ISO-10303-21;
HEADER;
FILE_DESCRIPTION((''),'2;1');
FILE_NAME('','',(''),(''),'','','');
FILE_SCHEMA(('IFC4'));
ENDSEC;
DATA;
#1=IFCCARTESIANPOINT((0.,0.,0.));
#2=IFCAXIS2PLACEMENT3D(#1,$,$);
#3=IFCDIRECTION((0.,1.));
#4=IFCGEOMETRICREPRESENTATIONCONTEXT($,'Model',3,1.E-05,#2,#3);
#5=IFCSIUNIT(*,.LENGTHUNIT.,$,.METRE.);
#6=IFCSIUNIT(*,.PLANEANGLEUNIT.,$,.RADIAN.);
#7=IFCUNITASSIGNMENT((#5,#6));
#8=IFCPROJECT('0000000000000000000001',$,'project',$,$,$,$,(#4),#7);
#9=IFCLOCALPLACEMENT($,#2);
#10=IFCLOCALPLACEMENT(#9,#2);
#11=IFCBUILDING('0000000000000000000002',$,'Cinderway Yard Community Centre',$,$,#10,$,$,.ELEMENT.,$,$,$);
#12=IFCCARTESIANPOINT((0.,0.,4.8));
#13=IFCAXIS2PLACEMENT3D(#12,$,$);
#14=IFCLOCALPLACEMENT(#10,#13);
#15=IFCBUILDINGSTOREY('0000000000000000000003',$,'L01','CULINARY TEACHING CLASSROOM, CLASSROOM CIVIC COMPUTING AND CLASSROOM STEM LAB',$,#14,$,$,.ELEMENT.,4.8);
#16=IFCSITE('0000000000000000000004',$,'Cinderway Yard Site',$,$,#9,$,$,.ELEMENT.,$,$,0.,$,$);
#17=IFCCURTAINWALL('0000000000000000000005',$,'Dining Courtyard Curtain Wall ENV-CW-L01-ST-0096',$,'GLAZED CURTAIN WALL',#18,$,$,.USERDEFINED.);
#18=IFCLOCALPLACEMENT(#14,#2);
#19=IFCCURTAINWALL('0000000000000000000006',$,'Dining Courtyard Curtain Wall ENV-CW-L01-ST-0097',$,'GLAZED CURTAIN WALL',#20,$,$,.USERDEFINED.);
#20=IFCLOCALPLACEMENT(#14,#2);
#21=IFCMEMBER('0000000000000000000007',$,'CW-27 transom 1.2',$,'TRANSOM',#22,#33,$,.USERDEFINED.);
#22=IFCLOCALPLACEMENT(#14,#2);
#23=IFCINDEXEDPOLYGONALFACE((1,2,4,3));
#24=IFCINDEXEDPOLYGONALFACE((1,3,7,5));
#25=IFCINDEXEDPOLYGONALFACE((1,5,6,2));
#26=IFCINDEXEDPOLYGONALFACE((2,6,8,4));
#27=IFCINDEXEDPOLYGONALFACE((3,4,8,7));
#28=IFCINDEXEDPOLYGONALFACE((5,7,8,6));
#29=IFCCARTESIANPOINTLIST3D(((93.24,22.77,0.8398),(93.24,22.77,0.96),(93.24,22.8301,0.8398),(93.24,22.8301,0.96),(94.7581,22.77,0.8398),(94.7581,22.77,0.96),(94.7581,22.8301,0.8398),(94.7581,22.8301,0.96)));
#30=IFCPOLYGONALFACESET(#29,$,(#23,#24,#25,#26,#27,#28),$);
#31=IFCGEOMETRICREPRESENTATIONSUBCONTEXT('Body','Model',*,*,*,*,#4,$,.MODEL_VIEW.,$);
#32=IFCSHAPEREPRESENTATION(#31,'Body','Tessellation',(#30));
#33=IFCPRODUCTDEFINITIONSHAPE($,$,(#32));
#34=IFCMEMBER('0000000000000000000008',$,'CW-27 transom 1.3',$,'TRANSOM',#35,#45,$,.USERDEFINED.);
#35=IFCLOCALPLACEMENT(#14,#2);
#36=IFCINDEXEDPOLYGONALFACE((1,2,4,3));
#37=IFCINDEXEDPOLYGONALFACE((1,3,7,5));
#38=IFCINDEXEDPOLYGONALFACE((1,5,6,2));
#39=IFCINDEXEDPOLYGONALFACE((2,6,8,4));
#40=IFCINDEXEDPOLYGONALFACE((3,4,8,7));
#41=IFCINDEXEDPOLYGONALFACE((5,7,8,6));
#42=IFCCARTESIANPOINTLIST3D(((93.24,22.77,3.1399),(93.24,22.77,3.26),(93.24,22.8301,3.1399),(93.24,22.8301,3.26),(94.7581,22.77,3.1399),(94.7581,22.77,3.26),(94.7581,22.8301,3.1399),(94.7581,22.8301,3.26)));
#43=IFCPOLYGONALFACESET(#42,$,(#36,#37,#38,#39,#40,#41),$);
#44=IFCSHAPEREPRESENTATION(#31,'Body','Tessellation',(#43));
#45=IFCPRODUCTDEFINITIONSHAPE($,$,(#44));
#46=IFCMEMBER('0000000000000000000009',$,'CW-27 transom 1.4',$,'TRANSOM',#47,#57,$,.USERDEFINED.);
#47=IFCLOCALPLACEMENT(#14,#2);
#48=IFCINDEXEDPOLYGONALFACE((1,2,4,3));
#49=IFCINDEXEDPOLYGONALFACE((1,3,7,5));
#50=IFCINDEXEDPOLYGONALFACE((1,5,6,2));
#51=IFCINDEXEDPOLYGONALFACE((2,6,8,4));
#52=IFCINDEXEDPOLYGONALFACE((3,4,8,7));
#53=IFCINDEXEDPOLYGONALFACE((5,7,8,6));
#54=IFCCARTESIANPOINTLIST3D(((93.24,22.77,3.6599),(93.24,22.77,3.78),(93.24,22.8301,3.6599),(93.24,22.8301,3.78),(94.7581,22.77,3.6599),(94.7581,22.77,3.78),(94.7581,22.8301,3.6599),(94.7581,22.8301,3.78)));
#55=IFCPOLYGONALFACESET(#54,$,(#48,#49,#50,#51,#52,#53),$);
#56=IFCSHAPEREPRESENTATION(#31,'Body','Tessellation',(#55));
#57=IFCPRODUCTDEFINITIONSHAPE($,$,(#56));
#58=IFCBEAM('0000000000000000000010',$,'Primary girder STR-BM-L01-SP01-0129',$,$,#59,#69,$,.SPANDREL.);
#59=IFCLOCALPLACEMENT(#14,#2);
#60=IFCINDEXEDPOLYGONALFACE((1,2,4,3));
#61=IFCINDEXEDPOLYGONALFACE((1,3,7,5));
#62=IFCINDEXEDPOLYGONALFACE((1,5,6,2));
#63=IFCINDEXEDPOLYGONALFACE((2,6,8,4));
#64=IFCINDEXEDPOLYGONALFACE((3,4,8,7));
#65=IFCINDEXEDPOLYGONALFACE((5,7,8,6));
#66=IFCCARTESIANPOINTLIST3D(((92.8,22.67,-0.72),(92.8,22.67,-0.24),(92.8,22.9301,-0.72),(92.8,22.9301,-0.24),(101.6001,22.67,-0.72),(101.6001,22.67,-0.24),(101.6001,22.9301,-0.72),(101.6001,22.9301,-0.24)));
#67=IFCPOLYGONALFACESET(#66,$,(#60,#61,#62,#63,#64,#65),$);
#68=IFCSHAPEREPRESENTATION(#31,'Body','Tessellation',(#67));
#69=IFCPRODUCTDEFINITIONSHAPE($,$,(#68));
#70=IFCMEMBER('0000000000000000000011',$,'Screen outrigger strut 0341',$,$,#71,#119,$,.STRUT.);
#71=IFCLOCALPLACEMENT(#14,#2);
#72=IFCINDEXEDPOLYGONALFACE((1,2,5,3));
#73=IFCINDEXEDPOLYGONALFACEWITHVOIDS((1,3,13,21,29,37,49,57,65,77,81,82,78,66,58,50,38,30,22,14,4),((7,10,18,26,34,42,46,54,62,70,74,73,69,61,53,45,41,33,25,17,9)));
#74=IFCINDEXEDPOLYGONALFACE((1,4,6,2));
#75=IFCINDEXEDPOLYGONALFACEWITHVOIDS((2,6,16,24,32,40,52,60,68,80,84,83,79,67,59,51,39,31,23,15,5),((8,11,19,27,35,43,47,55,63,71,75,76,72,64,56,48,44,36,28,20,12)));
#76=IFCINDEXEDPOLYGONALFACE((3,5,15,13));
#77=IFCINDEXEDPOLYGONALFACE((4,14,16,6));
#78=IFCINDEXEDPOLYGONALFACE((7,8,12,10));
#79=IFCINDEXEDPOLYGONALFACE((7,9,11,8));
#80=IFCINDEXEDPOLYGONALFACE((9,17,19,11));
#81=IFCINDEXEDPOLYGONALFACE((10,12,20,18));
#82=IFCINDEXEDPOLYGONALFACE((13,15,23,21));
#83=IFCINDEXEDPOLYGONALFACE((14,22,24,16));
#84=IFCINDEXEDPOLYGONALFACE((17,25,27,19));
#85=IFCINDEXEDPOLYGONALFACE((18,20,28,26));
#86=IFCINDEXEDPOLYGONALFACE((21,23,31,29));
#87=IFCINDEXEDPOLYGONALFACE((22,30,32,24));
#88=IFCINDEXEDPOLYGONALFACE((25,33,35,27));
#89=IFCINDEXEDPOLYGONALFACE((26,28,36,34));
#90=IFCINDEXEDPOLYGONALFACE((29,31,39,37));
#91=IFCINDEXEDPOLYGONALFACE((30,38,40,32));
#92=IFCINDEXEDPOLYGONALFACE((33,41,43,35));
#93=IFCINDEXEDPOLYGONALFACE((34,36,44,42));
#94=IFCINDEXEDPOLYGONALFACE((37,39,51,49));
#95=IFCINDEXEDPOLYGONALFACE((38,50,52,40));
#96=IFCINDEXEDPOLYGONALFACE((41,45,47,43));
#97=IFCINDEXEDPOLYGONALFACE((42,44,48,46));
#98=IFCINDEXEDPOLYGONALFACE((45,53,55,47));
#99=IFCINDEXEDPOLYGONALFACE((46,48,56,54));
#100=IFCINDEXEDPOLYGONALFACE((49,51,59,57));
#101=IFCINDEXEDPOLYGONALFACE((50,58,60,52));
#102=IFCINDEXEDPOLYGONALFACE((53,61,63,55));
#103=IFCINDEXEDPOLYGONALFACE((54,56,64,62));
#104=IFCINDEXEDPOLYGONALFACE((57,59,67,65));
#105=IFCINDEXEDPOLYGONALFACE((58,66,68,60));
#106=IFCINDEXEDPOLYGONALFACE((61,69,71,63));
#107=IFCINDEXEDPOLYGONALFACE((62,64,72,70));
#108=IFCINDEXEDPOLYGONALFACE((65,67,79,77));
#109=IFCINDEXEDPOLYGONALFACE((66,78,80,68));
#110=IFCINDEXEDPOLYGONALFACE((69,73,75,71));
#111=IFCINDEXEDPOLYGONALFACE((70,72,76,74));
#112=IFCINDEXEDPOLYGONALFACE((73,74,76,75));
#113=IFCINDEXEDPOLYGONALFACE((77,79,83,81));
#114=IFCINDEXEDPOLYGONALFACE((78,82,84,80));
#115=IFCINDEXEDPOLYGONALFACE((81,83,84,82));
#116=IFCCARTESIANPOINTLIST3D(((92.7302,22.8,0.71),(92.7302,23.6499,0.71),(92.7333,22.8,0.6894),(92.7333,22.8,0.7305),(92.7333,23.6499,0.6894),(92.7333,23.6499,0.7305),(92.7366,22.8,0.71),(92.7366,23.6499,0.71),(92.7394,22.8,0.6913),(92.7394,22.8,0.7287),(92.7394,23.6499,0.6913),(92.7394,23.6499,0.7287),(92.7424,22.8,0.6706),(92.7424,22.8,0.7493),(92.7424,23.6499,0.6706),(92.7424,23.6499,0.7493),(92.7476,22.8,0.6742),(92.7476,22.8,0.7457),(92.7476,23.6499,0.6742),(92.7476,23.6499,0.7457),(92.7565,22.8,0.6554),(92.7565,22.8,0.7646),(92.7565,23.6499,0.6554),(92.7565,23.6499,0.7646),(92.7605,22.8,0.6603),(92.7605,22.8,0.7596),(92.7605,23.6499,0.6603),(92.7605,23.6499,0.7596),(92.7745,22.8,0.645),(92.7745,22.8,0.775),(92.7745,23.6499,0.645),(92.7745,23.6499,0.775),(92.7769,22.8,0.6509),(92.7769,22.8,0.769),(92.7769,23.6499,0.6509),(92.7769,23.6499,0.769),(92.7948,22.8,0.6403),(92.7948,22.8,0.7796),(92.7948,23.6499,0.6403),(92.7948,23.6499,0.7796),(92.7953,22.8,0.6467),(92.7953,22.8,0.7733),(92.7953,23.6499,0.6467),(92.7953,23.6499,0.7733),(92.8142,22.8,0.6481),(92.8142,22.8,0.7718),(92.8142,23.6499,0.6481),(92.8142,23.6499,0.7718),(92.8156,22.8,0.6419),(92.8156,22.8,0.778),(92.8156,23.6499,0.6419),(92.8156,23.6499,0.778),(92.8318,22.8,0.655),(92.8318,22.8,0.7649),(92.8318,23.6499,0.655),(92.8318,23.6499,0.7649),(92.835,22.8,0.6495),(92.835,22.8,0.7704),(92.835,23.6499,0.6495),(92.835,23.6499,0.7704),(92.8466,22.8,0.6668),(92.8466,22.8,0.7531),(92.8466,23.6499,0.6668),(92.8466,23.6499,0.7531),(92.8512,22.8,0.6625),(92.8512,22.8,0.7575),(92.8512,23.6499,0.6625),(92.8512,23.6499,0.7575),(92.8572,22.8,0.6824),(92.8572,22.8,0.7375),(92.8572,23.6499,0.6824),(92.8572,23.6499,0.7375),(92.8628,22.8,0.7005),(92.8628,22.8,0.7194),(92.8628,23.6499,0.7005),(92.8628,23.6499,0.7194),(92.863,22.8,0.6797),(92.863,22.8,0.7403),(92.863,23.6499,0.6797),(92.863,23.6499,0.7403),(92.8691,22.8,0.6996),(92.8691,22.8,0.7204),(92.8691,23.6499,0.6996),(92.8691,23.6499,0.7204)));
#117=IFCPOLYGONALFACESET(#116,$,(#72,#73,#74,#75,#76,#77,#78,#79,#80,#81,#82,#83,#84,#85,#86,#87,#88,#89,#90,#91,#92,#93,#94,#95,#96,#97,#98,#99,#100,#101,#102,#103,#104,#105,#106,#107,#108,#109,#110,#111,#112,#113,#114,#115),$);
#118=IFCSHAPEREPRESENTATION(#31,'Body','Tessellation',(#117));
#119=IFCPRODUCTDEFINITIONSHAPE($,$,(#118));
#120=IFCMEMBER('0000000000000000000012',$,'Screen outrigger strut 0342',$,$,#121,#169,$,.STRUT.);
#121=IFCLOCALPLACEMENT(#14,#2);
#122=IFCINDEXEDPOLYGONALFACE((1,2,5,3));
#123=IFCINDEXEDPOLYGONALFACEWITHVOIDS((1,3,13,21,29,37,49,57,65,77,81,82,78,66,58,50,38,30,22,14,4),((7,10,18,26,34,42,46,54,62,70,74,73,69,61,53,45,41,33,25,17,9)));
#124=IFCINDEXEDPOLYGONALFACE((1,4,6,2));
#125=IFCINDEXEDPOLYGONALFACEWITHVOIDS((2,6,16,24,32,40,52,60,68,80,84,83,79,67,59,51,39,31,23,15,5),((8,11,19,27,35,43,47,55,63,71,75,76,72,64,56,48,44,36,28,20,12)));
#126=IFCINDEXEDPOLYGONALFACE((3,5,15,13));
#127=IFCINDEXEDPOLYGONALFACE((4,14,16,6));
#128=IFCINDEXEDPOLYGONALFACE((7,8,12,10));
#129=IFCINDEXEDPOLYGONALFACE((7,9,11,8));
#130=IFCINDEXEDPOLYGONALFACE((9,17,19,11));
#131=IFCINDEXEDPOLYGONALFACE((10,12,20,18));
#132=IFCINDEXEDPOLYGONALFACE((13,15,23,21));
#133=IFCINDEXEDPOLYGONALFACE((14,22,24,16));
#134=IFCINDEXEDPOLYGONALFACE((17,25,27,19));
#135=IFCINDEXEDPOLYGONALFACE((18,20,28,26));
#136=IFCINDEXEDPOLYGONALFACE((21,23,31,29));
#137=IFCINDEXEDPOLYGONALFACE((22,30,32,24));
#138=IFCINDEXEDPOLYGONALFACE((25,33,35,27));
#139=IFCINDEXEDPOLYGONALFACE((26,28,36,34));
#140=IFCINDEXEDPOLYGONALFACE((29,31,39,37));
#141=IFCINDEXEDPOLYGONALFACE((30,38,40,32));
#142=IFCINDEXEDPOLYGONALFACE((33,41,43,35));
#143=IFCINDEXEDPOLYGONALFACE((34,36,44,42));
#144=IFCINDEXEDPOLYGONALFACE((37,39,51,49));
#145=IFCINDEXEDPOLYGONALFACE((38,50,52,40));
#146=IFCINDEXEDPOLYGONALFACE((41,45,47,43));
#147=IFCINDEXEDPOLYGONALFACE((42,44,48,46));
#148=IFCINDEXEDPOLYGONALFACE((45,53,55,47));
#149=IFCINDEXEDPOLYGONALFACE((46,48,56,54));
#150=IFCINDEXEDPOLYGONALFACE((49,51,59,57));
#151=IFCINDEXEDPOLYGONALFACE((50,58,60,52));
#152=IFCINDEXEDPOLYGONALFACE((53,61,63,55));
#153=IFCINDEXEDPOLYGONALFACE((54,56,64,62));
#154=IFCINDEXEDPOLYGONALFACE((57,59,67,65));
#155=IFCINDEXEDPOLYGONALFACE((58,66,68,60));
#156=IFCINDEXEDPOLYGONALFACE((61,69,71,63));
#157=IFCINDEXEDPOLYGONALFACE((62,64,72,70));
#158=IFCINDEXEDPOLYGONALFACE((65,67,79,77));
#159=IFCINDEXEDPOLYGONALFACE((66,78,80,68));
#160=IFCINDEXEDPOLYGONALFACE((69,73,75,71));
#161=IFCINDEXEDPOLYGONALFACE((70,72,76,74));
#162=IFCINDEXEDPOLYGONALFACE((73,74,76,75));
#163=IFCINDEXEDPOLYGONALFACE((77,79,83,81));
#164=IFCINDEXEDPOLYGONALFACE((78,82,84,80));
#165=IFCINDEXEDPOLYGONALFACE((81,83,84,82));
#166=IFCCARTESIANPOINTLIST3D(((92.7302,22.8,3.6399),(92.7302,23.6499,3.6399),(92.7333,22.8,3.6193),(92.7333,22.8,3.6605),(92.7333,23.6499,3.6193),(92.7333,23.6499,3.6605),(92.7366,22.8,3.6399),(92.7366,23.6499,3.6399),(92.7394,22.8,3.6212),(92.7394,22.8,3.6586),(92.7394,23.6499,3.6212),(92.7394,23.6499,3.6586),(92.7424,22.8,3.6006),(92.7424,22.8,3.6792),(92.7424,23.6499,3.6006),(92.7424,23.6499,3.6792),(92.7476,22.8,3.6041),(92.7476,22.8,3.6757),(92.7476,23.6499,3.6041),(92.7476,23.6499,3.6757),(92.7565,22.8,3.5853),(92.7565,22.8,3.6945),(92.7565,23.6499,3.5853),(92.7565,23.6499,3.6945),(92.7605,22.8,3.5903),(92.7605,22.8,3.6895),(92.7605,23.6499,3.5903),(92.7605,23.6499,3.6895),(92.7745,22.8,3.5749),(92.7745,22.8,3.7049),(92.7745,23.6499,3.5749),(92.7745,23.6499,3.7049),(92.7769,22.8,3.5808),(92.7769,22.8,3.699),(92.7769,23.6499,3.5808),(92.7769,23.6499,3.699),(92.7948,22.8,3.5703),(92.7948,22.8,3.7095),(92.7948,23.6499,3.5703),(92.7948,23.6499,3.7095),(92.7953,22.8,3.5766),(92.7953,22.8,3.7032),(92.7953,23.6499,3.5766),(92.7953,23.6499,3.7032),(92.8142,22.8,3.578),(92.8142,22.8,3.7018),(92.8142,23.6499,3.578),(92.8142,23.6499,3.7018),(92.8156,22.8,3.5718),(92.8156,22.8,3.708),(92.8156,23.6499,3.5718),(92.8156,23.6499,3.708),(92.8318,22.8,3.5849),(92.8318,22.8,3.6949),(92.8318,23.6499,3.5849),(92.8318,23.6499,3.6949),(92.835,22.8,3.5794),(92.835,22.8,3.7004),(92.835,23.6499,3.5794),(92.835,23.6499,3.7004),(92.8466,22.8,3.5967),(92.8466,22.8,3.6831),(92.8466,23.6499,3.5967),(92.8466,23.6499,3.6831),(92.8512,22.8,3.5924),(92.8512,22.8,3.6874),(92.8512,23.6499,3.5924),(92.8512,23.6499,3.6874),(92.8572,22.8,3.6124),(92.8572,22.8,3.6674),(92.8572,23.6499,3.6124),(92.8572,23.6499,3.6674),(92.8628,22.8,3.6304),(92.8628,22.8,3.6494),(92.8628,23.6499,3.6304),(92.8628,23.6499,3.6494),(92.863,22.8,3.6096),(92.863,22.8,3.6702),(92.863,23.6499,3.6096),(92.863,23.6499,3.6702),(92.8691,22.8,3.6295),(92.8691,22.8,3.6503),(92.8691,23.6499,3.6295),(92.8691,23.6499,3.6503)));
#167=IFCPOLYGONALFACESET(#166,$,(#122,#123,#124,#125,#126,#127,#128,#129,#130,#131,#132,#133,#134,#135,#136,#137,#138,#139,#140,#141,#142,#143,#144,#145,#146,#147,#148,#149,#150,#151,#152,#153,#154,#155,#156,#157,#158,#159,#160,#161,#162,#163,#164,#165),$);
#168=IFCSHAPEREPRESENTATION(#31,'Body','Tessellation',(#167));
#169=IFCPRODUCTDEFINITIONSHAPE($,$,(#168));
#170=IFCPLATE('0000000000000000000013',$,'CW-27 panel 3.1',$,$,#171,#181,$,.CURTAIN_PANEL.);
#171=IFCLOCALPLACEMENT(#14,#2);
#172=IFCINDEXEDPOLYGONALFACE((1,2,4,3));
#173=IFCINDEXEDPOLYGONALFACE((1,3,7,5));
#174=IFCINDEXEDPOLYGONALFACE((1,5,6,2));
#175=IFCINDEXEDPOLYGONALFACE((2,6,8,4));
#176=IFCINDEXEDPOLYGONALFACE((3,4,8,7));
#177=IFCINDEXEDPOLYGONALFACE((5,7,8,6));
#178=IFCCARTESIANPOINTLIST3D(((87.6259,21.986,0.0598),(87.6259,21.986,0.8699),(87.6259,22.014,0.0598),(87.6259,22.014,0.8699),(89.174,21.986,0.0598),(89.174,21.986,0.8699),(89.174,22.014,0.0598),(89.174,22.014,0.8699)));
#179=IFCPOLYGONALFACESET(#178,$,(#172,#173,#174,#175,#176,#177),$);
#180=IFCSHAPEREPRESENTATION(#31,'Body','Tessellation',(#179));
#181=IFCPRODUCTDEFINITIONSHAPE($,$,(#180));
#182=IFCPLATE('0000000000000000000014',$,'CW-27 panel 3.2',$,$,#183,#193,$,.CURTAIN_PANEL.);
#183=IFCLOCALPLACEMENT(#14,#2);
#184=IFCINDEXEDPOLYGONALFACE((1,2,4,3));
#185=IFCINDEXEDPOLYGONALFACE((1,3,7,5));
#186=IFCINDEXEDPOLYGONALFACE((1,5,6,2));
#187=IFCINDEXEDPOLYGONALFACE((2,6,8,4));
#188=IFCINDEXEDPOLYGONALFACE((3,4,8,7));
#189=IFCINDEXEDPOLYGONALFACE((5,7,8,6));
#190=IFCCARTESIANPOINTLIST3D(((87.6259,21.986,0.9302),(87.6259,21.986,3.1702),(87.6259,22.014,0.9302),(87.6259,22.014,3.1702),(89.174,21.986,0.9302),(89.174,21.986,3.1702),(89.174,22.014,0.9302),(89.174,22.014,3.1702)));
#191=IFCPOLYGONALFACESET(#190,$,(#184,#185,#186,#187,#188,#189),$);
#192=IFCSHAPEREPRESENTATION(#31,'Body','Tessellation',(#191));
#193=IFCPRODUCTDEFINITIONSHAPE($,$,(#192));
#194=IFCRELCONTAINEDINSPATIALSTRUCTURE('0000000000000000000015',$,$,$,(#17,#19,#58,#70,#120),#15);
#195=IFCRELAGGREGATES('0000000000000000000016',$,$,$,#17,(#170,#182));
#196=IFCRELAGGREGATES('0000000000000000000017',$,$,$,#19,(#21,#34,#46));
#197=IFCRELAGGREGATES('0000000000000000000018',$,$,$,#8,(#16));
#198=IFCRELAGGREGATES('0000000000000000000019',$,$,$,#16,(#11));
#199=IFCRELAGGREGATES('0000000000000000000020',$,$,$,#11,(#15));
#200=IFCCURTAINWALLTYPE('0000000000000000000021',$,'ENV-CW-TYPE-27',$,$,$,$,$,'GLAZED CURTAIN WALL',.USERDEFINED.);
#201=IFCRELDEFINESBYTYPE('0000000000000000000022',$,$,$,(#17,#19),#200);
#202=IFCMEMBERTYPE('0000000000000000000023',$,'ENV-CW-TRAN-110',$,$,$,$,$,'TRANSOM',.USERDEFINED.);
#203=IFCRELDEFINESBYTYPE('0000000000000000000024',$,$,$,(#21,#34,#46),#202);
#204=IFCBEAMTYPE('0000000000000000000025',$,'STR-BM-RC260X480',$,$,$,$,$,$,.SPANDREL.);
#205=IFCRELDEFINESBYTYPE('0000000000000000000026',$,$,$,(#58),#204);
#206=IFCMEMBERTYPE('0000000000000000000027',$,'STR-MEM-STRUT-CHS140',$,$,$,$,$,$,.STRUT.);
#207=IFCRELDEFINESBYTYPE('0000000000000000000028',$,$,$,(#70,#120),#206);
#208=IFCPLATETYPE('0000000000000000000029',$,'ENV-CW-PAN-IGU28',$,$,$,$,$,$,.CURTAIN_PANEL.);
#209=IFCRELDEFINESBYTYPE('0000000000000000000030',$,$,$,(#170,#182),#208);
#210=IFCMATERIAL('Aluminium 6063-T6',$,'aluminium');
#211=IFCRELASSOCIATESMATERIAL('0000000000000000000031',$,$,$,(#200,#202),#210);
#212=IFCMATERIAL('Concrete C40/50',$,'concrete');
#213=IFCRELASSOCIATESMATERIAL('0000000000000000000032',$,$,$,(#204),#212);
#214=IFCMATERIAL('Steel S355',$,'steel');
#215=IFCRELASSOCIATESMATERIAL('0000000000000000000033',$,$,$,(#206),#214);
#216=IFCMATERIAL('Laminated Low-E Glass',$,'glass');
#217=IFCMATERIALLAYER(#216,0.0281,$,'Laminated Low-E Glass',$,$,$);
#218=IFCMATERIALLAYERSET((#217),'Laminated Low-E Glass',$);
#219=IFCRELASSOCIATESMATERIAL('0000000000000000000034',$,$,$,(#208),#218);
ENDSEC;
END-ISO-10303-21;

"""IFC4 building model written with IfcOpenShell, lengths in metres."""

from ifc_helpers import new_model, si_unit, direction, frame, origin, origin_2d, place, context, subcontext, project, spatial, rectangle, hollow_circle, extrude, material, layer, layer_set, material_profile, profile_set, type_object, element, aggregate, save


model = new_model("IFC4")

# Units and contexts
model_context = context("Model", 3, precision=1e-05, world=origin(), true_north=direction((0.0, 1.0)))
body_context = subcontext(model_context, "Body", "Model", "MODEL_VIEW")
ifc_project = project(units=[si_unit("LENGTHUNIT", "METRE"), si_unit("PLANEANGLEUNIT", "RADIAN")], contexts=[model_context])

# Site, building, storey
site_placement = place(None, origin())
site = spatial("IfcSite", under=ifc_project, at=site_placement, Name="Cinderway Yard Site", CompositionType="ELEMENT", RefElevation=0.0)
building_placement = place(site_placement, origin())
building = spatial("IfcBuilding", under=site, at=building_placement, Name="Cinderway Yard Community Centre", CompositionType="ELEMENT")
storey_placement = place(building_placement, frame((0.0, 0.0, 4.8)))
storey = spatial("IfcBuildingStorey", under=building, at=storey_placement, Name="L01", Description="CULINARY TEACHING CLASSROOM, CLASSROOM CIVIC COMPUTING AND CLASSROOM STEM LAB", CompositionType="ELEMENT", Elevation=4.8)

# Shared definitions
ifc_material_1 = material(Name="Concrete C40/50", Category="concrete")

# Curtain wall
ifc_material_2 = material(Name="Aluminium 6063-T6", Category="aluminium")
curtain_wall_type = type_object("IfcCurtainWallType", Name="ENV-CW-TYPE-27", ElementType="GLAZED CURTAIN WALL", PredefinedType="USERDEFINED", material=ifc_material_2)
curtain_wall_1_placement = place(storey_placement, origin())
curtain_wall_1 = element("IfcCurtainWall", 1, at=curtain_wall_1_placement, inside=storey, type_object=curtain_wall_type, Name="Dining Courtyard Curtain Wall ENV-CW-L01-ST-0096", ObjectType="GLAZED CURTAIN WALL", PredefinedType="USERDEFINED")

# Curtain wall
curtain_wall_2_placement = place(storey_placement, origin())
curtain_wall_2 = element("IfcCurtainWall", 2, at=curtain_wall_2_placement, inside=storey, type_object=curtain_wall_type, Name="Dining Courtyard Curtain Wall ENV-CW-L01-ST-0097", ObjectType="GLAZED CURTAIN WALL", PredefinedType="USERDEFINED")

# Members
ifc_material_profile_1 = material_profile(ifc_material_2, rectangle(XDim=0.0601, YDim=0.1201, at=origin_2d()), Name="Aluminium 6063-T6")
ifc_profile_set_1 = profile_set([ifc_material_profile_1], Name="Aluminium 6063-T6")
member_type_1 = type_object("IfcMemberType", Name="ENV-CW-TRAN-110", ElementType="TRANSOM", PredefinedType="USERDEFINED", material=ifc_profile_set_1)
member_1_placement = place(storey_placement, frame((93.24, 22.8, 0.8999), z_axis=(1.0, 0.0, 0.0), x_axis=(0.0, 1.0, 0.0)))
member_1 = element("IfcMember", 3, at=member_1_placement, type_object=member_type_1, Name="CW-27 transom 1.2", ObjectType="TRANSOM", PredefinedType="USERDEFINED", context=body_context, shape_type="SweptSolid", body=[
    extrude(rectangle(XDim=0.0601, YDim=0.1201, at=origin_2d()), origin(), (0.0, 0.0, 1.0), 1.5181),
])
member_2_placement = place(storey_placement, frame((93.24, 22.8, 3.2), z_axis=(1.0, 0.0, 0.0), x_axis=(0.0, 1.0, 0.0)))
member_2 = element("IfcMember", 4, at=member_2_placement, type_object=member_type_1, Name="CW-27 transom 1.3", ObjectType="TRANSOM", PredefinedType="USERDEFINED", context=body_context, shape_type="SweptSolid", body=[
    extrude(rectangle(XDim=0.0601, YDim=0.1201, at=origin_2d()), origin(), (0.0, 0.0, 1.0), 1.5181),
])
member_3_placement = place(storey_placement, frame((93.24, 22.8, 3.72), z_axis=(1.0, 0.0, 0.0), x_axis=(0.0, 1.0, 0.0)))
member_3 = element("IfcMember", 5, at=member_3_placement, type_object=member_type_1, Name="CW-27 transom 1.4", ObjectType="TRANSOM", PredefinedType="USERDEFINED", context=body_context, shape_type="SweptSolid", body=[
    extrude(rectangle(XDim=0.0601, YDim=0.1201, at=origin_2d()), origin(), (0.0, 0.0, 1.0), 1.5181),
])

# Beam
ifc_material_profile_2 = material_profile(ifc_material_1, rectangle(XDim=0.26, YDim=0.48, at=origin_2d()), Name="Concrete C40/50")
ifc_profile_set_2 = profile_set([ifc_material_profile_2], Name="Concrete C40/50")
beam_type = type_object("IfcBeamType", Name="STR-BM-RC260X480", PredefinedType="SPANDREL", material=ifc_profile_set_2)
beam_placement = place(storey_placement, frame((92.8, 22.8, -0.48), z_axis=(1.0, 0.0, 0.0), x_axis=(0.0, 1.0, 0.0)))
element("IfcBeam", 6, at=beam_placement, inside=storey, type_object=beam_type, Name="Primary girder STR-BM-L01-SP01-0129", PredefinedType="SPANDREL", context=body_context, shape_type="SweptSolid", body=[
    extrude(rectangle(XDim=0.26, YDim=0.48, at=origin_2d()), origin(), (0.0, 0.0, 1.0), 8.8),
])

# Members
ifc_material_3 = material(Name="Steel S355", Category="steel")
ifc_material_profile_3 = material_profile(ifc_material_3, hollow_circle(Radius=0.0698, WallThickness=0.0063, at=origin_2d()), Name="Steel S355")
ifc_profile_set_3 = profile_set([ifc_material_profile_3], Name="Steel S355")
member_type_2 = type_object("IfcMemberType", Name="STR-MEM-STRUT-CHS140", PredefinedType="STRUT", material=ifc_profile_set_3)
for number, where, z_axis, x_axis, name in (
    (7, (92.8, 22.8, 0.71), (0.0, 1.0, 0.0), (-1.0, 0.0, 0.0), "Screen outrigger strut 0341"),
    (8, (92.8, 22.8, 3.6399), (0.0, 1.0, 0.0), (-1.0, 0.0, 0.0), "Screen outrigger strut 0342"),
):
    element("IfcMember", number, at=place(storey_placement, frame(where, z_axis=z_axis, x_axis=x_axis)), inside=storey, type_object=member_type_2, Name=name, PredefinedType="STRUT", context=body_context, shape_type="SweptSolid", body=[
        extrude(hollow_circle(Radius=0.0698, WallThickness=0.0063, at=origin_2d()), origin(), (0.0, 0.0, 1.0), 0.8499),
    ])

# Plates
ifc_material_4 = material(Name="Laminated Low-E Glass", Category="glass")
ifc_layer = layer(ifc_material_4, 0.0281, Name="Laminated Low-E Glass")
ifc_layer_set = layer_set([ifc_layer], Name="Laminated Low-E Glass")
plate_type = type_object("IfcPlateType", Name="ENV-CW-PAN-IGU28", PredefinedType="CURTAIN_PANEL", material=ifc_layer_set)
plate_1_placement = place(storey_placement, frame((88.3999, 22.0, 0.0598), z_axis=(0.0, 0.0, 1.0), x_axis=(1.0, 0.0, 0.0)))
plate_1 = element("IfcPlate", 9, at=plate_1_placement, type_object=plate_type, Name="CW-27 panel 3.1", PredefinedType="CURTAIN_PANEL", context=body_context, shape_type="SweptSolid", body=[
    extrude(rectangle(XDim=1.5481, YDim=0.0281, at=origin_2d()), origin(), (0.0, 0.0, 1.0), 0.8101),
])
plate_2_placement = place(storey_placement, frame((88.3999, 22.0, 0.9302), z_axis=(0.0, 0.0, 1.0), x_axis=(1.0, 0.0, 0.0)))
plate_2 = element("IfcPlate", 10, at=plate_2_placement, type_object=plate_type, Name="CW-27 panel 3.2", PredefinedType="CURTAIN_PANEL", context=body_context, shape_type="SweptSolid", body=[
    extrude(rectangle(XDim=1.5481, YDim=0.0281, at=origin_2d()), origin(), (0.0, 0.0, 1.0), 2.24),
])
aggregate(curtain_wall_1, [plate_1, plate_2])
aggregate(curtain_wall_2, [member_1, member_2, member_3])

save(model, "model.ifc")
